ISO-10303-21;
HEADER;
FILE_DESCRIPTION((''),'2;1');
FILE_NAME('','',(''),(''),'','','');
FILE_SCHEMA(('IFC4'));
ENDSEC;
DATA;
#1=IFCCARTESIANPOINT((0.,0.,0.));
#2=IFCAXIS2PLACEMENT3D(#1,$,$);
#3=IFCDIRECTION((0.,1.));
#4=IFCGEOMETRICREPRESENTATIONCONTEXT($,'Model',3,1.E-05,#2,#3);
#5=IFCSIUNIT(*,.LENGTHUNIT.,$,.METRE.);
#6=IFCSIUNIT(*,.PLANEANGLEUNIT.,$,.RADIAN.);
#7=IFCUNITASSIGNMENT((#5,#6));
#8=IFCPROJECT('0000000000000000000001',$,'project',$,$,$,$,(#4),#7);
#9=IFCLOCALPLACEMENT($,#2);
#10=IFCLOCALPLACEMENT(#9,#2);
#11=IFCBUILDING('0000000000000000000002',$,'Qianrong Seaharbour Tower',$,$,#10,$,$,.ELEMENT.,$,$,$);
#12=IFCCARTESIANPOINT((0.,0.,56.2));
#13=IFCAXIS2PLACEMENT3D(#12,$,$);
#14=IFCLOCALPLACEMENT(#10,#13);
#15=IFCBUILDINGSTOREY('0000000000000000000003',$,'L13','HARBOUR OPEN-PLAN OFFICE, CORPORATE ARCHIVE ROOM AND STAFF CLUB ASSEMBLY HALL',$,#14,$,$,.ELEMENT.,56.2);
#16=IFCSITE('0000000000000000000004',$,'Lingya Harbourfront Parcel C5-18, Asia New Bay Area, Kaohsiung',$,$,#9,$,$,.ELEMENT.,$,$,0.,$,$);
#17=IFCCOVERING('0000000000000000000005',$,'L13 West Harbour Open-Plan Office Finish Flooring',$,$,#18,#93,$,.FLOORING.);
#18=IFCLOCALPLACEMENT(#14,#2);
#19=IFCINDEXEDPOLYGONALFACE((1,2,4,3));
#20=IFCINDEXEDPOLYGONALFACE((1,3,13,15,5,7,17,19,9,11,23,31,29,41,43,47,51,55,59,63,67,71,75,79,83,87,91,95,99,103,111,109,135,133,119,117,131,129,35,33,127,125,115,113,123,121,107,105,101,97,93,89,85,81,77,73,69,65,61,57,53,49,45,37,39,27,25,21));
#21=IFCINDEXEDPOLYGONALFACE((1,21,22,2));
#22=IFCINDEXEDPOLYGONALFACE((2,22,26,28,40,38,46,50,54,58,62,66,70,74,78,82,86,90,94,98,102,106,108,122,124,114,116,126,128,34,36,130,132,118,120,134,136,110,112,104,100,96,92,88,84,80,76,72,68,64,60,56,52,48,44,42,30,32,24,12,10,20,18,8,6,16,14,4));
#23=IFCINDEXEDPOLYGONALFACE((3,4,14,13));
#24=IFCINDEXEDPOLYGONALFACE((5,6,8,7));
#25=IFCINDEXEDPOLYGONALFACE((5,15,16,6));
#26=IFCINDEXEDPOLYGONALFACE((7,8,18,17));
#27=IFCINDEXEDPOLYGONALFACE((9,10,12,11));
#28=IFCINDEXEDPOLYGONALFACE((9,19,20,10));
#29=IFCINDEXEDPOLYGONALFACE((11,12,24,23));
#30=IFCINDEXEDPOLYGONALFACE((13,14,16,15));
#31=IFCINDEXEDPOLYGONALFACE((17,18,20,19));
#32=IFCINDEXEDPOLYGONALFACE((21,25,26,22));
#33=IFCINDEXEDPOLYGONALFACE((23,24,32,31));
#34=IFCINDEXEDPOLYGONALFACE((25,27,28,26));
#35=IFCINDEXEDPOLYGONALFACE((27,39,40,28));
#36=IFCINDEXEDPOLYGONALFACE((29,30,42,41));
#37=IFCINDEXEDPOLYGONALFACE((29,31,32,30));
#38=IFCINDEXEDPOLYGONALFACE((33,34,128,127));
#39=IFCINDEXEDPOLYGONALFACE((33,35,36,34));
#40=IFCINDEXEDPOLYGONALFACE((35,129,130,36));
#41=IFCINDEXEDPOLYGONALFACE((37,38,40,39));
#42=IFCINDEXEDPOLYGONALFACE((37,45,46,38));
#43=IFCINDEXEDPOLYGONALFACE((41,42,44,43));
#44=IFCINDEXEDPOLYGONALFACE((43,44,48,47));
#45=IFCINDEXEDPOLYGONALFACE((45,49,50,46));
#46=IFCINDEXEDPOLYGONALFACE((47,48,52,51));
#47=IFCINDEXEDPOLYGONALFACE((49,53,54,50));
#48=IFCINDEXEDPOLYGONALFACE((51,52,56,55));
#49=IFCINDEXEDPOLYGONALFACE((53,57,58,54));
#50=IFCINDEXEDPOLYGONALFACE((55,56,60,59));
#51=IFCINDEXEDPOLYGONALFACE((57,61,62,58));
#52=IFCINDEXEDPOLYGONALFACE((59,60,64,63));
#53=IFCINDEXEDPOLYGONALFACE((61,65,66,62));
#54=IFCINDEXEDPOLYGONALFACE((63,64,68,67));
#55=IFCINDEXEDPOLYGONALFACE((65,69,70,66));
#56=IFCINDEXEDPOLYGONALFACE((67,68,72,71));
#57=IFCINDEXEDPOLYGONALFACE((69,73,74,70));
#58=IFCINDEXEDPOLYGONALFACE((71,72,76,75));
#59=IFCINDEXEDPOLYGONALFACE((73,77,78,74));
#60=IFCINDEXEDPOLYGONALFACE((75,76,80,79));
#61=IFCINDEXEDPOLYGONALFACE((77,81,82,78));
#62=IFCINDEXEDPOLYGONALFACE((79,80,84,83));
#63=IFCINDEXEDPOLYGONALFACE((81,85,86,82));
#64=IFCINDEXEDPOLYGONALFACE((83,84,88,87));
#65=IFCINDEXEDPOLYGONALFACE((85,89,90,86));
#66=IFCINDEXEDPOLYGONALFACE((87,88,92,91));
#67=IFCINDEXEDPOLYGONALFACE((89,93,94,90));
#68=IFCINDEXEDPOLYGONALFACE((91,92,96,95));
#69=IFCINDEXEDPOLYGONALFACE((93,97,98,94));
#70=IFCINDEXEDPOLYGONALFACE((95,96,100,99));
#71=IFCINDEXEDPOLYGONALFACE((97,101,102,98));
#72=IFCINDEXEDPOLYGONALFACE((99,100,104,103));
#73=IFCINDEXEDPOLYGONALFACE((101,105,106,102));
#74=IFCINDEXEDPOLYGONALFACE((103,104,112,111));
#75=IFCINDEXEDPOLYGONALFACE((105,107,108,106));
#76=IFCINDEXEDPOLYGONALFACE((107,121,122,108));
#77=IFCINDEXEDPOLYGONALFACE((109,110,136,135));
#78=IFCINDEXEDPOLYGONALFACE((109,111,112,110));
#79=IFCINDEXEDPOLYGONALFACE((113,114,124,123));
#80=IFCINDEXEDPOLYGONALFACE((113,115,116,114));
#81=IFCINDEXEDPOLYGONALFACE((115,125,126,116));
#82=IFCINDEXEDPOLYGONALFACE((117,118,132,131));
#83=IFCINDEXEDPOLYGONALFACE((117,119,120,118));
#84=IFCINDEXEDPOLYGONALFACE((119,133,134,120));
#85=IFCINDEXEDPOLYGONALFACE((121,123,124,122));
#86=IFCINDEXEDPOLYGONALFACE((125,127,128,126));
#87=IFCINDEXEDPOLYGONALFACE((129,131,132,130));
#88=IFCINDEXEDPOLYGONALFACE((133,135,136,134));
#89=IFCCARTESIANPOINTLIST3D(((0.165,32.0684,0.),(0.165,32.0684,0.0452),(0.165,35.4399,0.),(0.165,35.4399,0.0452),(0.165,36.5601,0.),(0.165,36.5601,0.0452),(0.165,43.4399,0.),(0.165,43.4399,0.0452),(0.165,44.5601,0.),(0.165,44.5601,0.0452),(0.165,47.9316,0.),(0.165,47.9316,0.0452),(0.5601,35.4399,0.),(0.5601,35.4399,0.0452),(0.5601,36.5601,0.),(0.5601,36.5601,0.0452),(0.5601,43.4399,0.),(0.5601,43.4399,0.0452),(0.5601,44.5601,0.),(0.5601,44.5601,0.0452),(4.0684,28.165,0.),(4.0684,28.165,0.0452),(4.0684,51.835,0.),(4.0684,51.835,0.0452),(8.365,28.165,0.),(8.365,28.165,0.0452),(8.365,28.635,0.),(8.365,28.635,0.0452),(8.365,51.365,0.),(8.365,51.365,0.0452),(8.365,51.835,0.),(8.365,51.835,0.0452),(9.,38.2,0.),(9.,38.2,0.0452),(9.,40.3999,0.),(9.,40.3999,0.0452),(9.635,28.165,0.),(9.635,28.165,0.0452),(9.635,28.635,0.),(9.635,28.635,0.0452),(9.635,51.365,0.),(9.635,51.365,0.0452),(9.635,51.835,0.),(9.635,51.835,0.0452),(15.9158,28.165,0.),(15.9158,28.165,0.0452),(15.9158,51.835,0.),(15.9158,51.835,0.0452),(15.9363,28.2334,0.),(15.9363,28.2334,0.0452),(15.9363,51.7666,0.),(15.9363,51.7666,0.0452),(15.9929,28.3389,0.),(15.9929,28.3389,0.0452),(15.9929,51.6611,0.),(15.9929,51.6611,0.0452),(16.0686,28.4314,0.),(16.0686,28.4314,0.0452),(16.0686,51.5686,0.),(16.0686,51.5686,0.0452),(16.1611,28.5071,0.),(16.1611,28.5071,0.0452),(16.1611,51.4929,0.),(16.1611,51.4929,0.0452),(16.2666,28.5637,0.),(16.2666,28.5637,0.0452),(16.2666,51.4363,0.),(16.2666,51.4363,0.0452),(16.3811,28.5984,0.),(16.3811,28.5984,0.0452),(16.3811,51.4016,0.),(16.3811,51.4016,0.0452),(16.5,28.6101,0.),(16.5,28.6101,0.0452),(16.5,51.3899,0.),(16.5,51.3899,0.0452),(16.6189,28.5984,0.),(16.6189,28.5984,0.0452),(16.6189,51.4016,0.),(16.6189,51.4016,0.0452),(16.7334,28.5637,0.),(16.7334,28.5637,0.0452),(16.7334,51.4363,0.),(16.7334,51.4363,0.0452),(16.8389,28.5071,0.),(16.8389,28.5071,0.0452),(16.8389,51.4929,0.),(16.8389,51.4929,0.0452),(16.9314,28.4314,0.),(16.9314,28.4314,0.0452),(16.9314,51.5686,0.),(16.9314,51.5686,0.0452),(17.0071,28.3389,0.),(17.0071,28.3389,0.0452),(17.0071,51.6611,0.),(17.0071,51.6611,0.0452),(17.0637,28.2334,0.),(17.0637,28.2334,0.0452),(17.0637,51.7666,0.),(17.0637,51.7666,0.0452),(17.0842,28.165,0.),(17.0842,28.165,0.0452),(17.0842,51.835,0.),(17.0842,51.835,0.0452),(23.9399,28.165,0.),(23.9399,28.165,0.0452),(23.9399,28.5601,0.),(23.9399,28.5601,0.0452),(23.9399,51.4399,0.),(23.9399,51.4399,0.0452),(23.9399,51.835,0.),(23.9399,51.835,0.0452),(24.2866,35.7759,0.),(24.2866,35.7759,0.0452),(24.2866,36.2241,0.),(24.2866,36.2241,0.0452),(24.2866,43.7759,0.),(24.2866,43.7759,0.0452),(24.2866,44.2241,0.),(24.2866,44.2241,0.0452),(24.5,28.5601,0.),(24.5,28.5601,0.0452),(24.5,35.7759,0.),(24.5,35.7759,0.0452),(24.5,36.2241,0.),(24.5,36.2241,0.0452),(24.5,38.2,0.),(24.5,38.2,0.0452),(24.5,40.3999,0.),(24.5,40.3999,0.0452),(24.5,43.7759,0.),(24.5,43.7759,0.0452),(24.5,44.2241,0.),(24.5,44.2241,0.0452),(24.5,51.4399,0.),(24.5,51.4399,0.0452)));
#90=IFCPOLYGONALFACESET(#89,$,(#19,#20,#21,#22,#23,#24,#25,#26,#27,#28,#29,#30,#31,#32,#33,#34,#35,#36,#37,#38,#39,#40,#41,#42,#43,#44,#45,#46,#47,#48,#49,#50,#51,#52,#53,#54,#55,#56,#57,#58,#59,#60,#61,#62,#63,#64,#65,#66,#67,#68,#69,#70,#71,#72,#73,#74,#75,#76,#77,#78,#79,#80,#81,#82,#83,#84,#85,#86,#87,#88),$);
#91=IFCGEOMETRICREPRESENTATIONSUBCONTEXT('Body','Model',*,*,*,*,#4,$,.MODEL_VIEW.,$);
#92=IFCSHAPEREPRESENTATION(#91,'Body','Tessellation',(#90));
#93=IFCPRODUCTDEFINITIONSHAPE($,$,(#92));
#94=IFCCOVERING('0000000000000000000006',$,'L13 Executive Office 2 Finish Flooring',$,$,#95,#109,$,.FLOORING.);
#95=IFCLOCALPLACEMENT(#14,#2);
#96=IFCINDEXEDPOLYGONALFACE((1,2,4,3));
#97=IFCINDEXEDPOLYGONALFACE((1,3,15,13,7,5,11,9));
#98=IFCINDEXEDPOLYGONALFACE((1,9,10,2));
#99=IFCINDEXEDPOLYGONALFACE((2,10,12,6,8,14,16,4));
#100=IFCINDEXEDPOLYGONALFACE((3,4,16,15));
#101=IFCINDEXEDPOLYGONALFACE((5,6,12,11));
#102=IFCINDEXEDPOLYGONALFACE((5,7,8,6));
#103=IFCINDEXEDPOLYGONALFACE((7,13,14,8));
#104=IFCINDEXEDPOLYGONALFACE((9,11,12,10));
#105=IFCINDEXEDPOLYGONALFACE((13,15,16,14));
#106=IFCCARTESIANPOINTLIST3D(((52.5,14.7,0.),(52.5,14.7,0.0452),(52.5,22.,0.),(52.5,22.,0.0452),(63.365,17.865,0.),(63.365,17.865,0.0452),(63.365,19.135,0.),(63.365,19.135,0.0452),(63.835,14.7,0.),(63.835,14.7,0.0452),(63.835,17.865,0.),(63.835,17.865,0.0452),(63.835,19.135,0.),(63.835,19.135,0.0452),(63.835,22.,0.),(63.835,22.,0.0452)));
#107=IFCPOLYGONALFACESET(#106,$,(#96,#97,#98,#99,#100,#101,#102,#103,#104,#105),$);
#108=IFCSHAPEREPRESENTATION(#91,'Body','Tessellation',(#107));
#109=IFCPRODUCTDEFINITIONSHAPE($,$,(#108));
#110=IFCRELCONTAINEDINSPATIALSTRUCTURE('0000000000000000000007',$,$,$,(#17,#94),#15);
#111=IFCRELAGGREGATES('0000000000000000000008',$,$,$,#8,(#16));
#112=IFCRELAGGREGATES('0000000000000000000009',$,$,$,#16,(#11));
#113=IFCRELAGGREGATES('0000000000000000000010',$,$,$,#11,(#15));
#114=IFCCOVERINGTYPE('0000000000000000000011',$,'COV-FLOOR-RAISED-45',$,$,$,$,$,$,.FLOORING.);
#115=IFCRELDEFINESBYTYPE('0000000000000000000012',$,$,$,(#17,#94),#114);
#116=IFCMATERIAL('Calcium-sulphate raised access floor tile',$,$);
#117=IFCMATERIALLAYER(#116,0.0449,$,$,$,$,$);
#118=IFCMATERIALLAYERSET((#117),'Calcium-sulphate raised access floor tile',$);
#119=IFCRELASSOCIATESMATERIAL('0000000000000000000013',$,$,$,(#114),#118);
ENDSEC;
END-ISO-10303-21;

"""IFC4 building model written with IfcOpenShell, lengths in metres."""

from ifc_helpers import new_model, si_unit, direction, frame, origin, place, context, subcontext, project, spatial, polyline, outline, extrude, material, layer, layer_set, type_object, element, save


model = new_model("IFC4")

# Units and contexts
model_context = context("Model", 3, precision=1e-05, world=origin(), true_north=direction((0.0, 1.0)))
body_context = subcontext(model_context, "Body", "Model", "MODEL_VIEW")
ifc_project = project(units=[si_unit("LENGTHUNIT", "METRE"), si_unit("PLANEANGLEUNIT", "RADIAN")], contexts=[model_context])

# Site, building, storey
site_placement = place(None, origin())
site = spatial("IfcSite", under=ifc_project, at=site_placement, Name="Lingya Harbourfront Parcel C5-18, Asia New Bay Area, Kaohsiung", CompositionType="ELEMENT", RefElevation=0.0)
building_placement = place(site_placement, origin())
building = spatial("IfcBuilding", under=site, at=building_placement, Name="Qianrong Seaharbour Tower", CompositionType="ELEMENT")
storey_placement = place(building_placement, frame((0.0, 0.0, 56.2)))
storey = spatial("IfcBuildingStorey", under=building, at=storey_placement, Name="L13", Description="HARBOUR OPEN-PLAN OFFICE, CORPORATE ARCHIVE ROOM AND STAFF CLUB ASSEMBLY HALL", CompositionType="ELEMENT", Elevation=56.2)

# Coverings
ifc_material_1 = material(Name="Calcium-sulphate raised access floor tile")
ifc_layer_1 = layer(ifc_material_1, 0.0449)
ifc_layer_set_1 = layer_set([ifc_layer_1], Name="Calcium-sulphate raised access floor tile")
covering_type_1 = type_object("IfcCoveringType", Name="COV-FLOOR-RAISED-45", PredefinedType="FLOORING", material=ifc_layer_set_1)
covering_1_placement = place(storey_placement, origin())
element("IfcCovering", 1, at=covering_1_placement, inside=storey, type_object=covering_type_1, Name="L13 West Harbour Open-Plan Office Finish Flooring", PredefinedType="FLOORING", context=body_context, shape_type="SweptSolid", body=[
    extrude(outline(polyline([(0.165, 32.0684), (0.165, 35.4399), (0.5601, 35.4399), (0.5601, 36.5601), (0.165, 36.5601), (0.165, 43.4399), (0.5601, 43.4399), (0.5601, 44.5601), (0.165, 44.5601), (0.165, 47.9316), (4.0684, 51.835), (8.365, 51.835), (8.365, 51.365), (9.635, 51.365), (9.635, 51.835), (15.9158, 51.835), (15.9363, 51.7666), (15.9929, 51.6611), (16.0686, 51.5686), (16.1611, 51.4929), (16.2666, 51.4363), (16.3811, 51.4016), (16.5, 51.3899), (16.6189, 51.4016), (16.7334, 51.4363), (16.8389, 51.4929), (16.9314, 51.5686), (17.0071, 51.6611), (17.0637, 51.7666), (17.0842, 51.835), (23.9399, 51.835), (23.9399, 51.4399), (24.5, 51.4399), (24.5, 44.2241), (24.2866, 44.2241), (24.2866, 43.7759), (24.5, 43.7759), (24.5, 40.3999), (9.0, 40.3999), (9.0, 38.2), (24.5, 38.2), (24.5, 36.2241), (24.2866, 36.2241), (24.2866, 35.7759), (24.5, 35.7759), (24.5, 28.5601), (23.9399, 28.5601), (23.9399, 28.165), (17.0842, 28.165), (17.0637, 28.2334), (17.0071, 28.3389), (16.9314, 28.4314), (16.8389, 28.5071), (16.7334, 28.5637), (16.6189, 28.5984), (16.5, 28.6101), (16.3811, 28.5984), (16.2666, 28.5637), (16.1611, 28.5071), (16.0686, 28.4314), (15.9929, 28.3389), (15.9363, 28.2334), (15.9158, 28.165), (9.635, 28.165), (9.635, 28.635), (8.365, 28.635), (8.365, 28.165), (4.0684, 28.165), (0.165, 32.0684)])), origin(), (0.0, 0.0, 1.0), 0.0452),
])
covering_2_placement = place(storey_placement, origin())
element("IfcCovering", 2, at=covering_2_placement, inside=storey, type_object=covering_type_1, Name="L13 Executive Office 2 Finish Flooring", PredefinedType="FLOORING", context=body_context, shape_type="SweptSolid", body=[
    extrude(outline(polyline([(63.835, 22.0), (63.835, 19.135), (63.365, 19.135), (63.365, 17.865), (63.835, 17.865), (63.835, 14.7), (52.5, 14.7), (52.5, 22.0), (63.835, 22.0)])), origin(), (0.0, 0.0, 1.0), 0.0452),
])

save(model, "model.ifc")
